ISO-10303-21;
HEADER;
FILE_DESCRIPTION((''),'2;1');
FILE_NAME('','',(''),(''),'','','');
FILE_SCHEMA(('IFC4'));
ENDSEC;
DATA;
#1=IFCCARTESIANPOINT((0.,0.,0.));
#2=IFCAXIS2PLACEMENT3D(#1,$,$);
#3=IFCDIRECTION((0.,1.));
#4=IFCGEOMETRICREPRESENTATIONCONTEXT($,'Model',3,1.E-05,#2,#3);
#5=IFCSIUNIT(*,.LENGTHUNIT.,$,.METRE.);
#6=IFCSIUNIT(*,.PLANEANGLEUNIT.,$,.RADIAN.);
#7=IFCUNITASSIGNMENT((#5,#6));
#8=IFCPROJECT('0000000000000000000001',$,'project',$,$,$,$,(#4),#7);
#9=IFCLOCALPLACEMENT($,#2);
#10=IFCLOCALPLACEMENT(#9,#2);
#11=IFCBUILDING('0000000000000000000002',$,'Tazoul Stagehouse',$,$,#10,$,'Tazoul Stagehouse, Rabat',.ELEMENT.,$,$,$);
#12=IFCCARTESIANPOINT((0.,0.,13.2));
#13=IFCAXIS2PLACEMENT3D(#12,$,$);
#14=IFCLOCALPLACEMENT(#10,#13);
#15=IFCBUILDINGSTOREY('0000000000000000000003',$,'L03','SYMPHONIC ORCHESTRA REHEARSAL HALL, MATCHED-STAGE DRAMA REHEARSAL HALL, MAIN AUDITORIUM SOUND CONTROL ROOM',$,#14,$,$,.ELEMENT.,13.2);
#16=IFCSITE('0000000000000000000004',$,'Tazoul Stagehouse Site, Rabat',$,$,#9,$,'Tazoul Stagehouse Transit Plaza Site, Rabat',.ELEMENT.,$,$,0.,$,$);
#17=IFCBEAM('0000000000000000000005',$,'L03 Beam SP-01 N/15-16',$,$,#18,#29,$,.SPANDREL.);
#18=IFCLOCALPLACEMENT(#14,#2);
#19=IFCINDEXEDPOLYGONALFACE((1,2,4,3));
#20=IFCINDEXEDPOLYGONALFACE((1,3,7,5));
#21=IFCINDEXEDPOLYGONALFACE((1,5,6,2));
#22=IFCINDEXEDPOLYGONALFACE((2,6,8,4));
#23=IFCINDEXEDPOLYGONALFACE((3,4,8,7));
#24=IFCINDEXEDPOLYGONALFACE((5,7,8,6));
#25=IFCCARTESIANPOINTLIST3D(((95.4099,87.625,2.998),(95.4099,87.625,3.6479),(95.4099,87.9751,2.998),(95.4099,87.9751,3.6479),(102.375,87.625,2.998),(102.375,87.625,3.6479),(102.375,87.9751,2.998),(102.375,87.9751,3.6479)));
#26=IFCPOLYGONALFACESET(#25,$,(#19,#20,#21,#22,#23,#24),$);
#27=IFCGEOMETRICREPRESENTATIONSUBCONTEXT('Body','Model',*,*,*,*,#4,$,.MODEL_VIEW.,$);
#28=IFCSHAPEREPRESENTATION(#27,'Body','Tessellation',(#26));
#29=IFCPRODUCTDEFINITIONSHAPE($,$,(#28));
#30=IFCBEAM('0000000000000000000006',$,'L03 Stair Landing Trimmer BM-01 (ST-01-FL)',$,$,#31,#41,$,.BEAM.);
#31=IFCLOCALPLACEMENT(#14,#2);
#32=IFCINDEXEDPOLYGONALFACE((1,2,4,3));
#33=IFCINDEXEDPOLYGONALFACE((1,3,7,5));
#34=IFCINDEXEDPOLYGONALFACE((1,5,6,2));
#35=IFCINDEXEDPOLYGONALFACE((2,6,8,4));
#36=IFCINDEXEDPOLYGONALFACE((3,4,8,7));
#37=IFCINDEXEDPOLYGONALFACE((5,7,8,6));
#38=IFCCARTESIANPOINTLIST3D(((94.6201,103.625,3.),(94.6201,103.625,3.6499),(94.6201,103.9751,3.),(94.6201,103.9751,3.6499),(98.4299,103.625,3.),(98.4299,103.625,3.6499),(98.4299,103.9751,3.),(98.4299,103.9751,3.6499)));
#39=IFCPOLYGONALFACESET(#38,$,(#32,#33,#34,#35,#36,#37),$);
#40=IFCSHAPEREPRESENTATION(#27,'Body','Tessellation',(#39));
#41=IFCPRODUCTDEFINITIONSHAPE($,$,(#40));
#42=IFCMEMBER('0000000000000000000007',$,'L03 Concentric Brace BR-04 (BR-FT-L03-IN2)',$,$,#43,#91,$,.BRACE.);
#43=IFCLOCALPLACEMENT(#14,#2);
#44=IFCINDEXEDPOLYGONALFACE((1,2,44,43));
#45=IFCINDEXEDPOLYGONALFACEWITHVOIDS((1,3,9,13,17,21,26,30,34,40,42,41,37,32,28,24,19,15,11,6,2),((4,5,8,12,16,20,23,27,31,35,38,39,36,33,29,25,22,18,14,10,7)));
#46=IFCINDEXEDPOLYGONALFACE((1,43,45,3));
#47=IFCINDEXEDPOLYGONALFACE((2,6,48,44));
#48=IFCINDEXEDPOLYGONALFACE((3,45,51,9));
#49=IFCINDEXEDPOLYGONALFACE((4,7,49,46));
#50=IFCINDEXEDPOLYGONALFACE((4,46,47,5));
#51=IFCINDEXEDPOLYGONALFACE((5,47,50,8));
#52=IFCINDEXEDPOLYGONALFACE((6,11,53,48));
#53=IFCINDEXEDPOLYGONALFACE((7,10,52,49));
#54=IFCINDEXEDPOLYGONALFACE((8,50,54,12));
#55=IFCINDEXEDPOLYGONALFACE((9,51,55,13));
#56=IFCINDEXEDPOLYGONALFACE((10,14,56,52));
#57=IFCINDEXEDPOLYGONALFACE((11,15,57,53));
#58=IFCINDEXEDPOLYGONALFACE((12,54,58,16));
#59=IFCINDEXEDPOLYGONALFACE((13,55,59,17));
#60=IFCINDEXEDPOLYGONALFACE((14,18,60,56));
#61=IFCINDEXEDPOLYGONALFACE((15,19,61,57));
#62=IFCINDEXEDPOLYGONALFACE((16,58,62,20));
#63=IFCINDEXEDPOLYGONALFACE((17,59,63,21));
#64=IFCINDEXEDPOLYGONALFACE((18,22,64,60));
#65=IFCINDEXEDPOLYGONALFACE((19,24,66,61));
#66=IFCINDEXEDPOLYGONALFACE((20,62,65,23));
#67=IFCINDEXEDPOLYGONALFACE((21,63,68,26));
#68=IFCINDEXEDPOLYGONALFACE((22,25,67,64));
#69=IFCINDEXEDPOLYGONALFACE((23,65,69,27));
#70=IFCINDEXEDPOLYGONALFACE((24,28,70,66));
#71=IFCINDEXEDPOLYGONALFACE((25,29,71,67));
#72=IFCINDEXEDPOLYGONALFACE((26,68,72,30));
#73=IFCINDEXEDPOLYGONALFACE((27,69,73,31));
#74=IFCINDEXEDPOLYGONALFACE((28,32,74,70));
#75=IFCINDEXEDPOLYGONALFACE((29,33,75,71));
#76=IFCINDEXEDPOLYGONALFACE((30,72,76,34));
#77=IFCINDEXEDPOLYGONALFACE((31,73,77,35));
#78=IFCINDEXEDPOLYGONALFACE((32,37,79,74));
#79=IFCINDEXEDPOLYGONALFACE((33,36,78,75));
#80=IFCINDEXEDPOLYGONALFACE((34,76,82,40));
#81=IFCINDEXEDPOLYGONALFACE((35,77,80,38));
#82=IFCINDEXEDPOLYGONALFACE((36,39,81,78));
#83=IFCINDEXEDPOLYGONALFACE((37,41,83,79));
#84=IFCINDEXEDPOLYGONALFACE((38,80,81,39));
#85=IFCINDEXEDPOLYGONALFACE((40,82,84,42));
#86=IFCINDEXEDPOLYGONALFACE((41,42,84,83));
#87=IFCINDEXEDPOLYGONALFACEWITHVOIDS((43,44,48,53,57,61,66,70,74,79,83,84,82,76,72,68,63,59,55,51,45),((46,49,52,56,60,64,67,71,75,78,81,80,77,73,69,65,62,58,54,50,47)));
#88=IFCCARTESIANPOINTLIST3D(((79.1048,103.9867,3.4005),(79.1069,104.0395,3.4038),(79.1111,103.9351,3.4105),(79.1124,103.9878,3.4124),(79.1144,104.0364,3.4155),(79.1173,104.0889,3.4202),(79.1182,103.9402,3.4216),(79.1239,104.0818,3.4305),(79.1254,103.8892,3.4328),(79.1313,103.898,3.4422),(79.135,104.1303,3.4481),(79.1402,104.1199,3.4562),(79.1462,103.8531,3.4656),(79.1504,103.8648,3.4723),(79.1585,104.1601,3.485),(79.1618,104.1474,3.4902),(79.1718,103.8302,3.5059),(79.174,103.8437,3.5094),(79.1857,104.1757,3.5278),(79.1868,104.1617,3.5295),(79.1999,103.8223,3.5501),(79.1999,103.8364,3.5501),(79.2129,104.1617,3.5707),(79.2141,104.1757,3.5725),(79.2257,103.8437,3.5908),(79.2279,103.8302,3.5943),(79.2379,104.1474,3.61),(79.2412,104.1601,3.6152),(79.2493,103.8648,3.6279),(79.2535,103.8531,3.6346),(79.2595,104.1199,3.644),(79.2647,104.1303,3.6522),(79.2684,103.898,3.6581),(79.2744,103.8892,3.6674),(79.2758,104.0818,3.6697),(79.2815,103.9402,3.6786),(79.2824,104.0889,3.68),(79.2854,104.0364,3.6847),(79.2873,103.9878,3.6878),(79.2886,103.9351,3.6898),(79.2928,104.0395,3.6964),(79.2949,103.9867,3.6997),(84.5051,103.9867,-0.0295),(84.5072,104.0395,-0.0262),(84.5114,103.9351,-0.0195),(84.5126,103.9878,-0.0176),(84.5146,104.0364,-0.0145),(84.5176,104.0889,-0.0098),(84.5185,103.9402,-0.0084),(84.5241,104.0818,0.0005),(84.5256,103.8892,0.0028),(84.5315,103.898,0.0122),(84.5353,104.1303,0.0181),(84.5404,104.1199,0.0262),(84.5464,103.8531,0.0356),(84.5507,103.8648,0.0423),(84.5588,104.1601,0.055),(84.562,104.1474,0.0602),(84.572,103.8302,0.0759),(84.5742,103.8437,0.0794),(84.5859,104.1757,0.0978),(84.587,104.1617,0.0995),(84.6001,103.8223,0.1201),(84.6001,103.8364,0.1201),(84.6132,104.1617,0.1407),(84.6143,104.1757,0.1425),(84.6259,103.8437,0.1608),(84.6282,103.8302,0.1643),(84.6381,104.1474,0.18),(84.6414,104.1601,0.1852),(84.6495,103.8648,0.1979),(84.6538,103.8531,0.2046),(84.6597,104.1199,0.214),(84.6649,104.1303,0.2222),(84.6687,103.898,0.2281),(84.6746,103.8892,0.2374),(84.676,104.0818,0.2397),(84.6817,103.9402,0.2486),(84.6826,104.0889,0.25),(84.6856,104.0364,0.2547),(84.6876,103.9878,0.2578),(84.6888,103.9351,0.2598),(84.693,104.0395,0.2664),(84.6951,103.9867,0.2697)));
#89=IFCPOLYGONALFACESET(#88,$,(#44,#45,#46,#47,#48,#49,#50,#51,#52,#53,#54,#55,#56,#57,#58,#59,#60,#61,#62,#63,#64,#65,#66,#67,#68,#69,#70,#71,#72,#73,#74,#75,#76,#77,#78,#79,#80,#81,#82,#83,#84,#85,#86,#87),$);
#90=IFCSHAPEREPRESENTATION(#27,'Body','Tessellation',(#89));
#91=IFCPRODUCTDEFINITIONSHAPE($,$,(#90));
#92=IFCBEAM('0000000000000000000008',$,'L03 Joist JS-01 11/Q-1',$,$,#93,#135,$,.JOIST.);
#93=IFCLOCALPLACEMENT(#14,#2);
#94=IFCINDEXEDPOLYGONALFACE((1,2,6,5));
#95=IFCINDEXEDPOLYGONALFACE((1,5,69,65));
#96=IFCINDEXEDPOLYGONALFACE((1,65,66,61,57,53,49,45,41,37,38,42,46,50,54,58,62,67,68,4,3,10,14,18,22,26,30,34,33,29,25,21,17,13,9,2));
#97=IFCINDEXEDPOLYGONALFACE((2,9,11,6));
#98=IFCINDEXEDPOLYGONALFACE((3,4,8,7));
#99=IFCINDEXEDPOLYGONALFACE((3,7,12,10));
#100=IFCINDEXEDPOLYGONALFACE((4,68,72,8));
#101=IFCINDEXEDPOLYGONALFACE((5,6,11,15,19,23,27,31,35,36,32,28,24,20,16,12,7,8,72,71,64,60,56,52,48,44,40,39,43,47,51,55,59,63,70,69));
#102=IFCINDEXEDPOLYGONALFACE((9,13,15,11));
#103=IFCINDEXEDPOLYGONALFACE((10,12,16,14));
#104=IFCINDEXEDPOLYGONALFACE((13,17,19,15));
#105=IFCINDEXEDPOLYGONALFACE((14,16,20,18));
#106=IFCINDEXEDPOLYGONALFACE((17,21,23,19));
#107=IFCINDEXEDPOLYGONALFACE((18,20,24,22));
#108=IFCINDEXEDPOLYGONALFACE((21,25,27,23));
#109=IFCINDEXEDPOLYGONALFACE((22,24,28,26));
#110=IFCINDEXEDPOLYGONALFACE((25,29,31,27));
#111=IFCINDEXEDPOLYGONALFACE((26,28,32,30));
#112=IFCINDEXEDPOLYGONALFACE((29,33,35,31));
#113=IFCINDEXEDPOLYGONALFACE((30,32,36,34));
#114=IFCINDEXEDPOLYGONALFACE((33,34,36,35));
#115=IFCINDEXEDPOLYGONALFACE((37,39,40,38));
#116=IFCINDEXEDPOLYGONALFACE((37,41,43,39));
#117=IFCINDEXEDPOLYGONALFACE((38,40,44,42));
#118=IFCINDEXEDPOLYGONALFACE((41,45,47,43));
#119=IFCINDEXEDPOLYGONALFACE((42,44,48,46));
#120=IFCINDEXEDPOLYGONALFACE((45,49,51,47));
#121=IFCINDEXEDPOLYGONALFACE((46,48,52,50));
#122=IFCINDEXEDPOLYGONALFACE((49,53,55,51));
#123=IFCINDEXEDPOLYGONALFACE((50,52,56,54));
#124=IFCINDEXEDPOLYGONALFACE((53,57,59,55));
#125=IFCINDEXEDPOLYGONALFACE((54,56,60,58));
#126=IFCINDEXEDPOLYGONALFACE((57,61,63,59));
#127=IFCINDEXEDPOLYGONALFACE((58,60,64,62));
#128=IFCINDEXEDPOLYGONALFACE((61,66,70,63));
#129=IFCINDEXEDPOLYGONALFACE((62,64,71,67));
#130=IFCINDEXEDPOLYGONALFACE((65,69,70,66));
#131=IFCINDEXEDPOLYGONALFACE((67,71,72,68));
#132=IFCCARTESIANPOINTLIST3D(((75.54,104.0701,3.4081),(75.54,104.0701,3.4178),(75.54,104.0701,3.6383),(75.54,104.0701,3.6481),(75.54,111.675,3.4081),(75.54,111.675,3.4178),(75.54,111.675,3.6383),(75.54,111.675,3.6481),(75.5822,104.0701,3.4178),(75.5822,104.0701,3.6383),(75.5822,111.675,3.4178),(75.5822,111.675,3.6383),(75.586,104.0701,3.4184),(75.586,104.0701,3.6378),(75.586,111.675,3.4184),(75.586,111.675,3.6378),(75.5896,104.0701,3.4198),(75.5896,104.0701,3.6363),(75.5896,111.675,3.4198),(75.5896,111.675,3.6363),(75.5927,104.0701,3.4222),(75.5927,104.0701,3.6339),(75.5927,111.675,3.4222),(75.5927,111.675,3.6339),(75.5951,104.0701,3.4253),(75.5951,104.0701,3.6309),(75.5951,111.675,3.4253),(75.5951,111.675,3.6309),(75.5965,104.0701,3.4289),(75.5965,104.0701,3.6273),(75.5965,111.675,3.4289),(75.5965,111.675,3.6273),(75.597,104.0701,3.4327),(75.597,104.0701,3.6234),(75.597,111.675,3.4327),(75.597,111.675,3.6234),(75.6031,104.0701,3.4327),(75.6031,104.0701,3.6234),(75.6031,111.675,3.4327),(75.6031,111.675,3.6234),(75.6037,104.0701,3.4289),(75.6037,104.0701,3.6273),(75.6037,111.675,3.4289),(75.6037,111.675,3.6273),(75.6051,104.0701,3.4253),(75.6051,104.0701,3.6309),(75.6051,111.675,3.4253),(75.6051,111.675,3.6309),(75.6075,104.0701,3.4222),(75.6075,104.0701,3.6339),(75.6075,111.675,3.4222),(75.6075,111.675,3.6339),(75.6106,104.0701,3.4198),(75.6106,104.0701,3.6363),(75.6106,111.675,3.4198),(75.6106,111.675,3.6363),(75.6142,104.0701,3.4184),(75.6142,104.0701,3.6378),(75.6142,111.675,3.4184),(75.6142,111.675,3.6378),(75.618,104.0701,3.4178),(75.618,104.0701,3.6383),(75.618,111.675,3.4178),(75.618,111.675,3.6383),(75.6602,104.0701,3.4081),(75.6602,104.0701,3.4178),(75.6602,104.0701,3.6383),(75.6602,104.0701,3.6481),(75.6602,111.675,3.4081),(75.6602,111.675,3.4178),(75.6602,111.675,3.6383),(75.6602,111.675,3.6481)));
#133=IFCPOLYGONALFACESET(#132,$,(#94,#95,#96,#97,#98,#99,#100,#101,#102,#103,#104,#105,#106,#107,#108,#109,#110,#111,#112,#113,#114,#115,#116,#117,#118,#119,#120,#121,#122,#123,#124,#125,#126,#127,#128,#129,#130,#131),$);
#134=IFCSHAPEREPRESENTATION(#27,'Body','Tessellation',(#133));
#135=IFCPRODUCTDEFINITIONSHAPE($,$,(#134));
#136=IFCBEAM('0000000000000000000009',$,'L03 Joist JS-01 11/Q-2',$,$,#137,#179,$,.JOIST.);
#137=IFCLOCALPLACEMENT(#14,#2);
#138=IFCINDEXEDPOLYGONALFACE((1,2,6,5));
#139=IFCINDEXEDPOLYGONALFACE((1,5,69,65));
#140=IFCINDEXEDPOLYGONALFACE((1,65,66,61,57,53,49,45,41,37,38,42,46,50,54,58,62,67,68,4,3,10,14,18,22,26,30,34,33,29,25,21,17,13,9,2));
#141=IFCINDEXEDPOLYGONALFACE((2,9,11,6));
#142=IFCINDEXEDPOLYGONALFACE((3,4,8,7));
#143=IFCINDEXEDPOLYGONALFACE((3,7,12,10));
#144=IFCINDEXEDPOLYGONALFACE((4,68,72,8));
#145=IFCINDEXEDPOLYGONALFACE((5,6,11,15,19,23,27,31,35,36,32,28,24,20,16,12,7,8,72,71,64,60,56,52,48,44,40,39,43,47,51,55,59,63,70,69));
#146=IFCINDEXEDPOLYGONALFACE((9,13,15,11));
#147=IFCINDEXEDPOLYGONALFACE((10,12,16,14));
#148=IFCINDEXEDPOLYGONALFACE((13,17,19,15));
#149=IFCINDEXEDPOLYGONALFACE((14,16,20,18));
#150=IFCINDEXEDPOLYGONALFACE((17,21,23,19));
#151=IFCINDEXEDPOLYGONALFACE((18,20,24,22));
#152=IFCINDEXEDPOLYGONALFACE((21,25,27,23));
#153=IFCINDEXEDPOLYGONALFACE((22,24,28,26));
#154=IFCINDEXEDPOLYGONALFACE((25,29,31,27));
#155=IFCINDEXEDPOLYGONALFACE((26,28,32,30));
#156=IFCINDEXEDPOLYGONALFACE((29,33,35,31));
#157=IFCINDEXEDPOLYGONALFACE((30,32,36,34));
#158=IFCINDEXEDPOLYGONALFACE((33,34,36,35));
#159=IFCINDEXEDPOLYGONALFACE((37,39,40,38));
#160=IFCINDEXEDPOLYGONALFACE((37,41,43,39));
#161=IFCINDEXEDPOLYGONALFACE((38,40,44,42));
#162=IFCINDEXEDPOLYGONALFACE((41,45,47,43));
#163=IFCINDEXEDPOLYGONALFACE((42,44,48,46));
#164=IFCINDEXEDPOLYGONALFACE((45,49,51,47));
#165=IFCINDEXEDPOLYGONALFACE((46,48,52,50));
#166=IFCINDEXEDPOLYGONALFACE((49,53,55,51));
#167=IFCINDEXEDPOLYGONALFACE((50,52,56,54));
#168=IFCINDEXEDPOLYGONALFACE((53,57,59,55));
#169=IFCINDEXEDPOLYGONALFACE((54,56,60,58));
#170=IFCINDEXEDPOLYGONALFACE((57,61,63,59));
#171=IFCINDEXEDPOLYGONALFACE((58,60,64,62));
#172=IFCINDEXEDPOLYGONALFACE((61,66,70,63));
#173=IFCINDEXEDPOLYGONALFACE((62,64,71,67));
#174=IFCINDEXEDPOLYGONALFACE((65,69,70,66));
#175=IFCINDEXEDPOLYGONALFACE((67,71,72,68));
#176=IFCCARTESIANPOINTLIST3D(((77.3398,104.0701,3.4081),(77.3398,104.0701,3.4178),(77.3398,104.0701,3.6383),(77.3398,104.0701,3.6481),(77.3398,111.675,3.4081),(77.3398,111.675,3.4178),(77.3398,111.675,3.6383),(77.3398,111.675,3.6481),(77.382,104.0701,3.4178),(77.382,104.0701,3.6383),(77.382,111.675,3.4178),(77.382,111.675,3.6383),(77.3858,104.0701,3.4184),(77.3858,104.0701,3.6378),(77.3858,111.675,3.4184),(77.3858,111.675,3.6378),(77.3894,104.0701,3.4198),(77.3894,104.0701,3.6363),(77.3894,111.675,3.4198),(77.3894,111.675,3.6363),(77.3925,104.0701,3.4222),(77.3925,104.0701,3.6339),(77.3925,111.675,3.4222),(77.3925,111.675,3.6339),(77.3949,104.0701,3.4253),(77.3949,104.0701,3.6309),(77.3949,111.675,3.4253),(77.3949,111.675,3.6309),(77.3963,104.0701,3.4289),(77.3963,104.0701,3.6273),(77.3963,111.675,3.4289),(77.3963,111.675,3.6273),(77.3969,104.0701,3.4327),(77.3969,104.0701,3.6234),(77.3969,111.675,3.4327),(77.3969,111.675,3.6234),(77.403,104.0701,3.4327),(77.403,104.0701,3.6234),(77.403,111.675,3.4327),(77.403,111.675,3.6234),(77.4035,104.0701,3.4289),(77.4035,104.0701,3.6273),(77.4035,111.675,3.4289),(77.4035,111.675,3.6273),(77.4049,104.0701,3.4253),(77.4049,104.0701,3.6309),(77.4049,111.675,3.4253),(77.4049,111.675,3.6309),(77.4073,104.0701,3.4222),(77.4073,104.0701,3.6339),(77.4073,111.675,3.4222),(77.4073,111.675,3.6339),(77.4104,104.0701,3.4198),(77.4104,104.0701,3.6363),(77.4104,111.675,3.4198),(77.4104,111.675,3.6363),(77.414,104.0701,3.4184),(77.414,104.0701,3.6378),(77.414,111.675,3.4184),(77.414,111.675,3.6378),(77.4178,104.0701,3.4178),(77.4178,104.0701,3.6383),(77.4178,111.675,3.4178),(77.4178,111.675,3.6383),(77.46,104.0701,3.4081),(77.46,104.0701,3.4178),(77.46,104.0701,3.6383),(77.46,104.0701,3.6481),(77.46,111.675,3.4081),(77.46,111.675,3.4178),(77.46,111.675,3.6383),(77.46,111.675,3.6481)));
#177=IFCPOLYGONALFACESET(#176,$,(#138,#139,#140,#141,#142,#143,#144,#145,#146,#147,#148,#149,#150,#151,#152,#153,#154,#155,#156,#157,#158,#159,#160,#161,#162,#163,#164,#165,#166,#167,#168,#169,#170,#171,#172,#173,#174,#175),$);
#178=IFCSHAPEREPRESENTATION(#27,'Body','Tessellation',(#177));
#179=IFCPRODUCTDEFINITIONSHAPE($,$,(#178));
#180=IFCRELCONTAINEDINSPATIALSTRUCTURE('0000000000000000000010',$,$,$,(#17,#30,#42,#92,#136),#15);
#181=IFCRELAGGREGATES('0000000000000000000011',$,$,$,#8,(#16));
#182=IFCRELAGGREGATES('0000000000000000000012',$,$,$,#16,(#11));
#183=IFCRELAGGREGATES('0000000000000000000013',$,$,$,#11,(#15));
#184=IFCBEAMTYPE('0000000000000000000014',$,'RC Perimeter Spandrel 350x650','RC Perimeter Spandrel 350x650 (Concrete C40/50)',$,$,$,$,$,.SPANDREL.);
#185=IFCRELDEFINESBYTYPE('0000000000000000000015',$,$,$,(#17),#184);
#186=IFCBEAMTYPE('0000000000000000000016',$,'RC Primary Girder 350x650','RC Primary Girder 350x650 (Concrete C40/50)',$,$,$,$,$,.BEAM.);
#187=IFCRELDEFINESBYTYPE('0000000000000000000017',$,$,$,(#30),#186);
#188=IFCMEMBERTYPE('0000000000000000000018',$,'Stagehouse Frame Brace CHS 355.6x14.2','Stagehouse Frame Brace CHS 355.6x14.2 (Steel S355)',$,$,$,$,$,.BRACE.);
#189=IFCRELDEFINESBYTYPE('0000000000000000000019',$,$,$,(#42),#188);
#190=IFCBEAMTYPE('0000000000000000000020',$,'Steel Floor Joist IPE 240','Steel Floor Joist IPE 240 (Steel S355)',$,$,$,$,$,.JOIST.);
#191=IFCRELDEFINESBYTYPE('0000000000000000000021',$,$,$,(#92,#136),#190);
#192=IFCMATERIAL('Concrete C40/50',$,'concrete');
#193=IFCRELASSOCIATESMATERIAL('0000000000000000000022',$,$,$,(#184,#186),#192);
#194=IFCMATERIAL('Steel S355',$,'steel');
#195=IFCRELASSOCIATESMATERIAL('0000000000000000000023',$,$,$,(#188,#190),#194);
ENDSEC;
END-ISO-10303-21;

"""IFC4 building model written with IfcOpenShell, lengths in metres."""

from ifc_helpers import new_model, si_unit, direction, frame, origin, origin_2d, place, context, subcontext, project, spatial, rectangle, hollow_circle, i_section, extrude, material, material_profile, profile_set, type_object, element, save


model = new_model("IFC4")

# Units and contexts
model_context = context("Model", 3, precision=1e-05, world=origin(), true_north=direction((0.0, 1.0)))
body_context = subcontext(model_context, "Body", "Model", "MODEL_VIEW")
ifc_project = project(units=[si_unit("LENGTHUNIT", "METRE"), si_unit("PLANEANGLEUNIT", "RADIAN")], contexts=[model_context])

# Site, building, storey
site_placement = place(None, origin())
site = spatial("IfcSite", under=ifc_project, at=site_placement, Name="Tazoul Stagehouse Site, Rabat", LongName="Tazoul Stagehouse Transit Plaza Site, Rabat", CompositionType="ELEMENT", RefElevation=0.0)
building_placement = place(site_placement, origin())
building = spatial("IfcBuilding", under=site, at=building_placement, Name="Tazoul Stagehouse", LongName="Tazoul Stagehouse, Rabat", CompositionType="ELEMENT")
storey_placement = place(building_placement, frame((0.0, 0.0, 13.2)))
storey = spatial("IfcBuildingStorey", under=building, at=storey_placement, Name="L03", Description="SYMPHONIC ORCHESTRA REHEARSAL HALL, MATCHED-STAGE DRAMA REHEARSAL HALL, MAIN AUDITORIUM SOUND CONTROL ROOM", CompositionType="ELEMENT", Elevation=13.2)

# Shared definitions
ifc_material_1 = material(Name="Steel S355", Category="steel")

# Beams
ifc_material_2 = material(Name="Concrete C40/50", Category="concrete")
ifc_material_profile_1 = material_profile(ifc_material_2, rectangle(XDim=0.3501, YDim=0.6499, at=origin_2d()), Name="RC 350x650")
ifc_profile_set_1 = profile_set([ifc_material_profile_1], Name="Concrete C40/50")
beam_type_1 = type_object("IfcBeamType", Name="RC Perimeter Spandrel 350x650", Description="RC Perimeter Spandrel 350x650 (Concrete C40/50)", PredefinedType="SPANDREL", material=ifc_profile_set_1)
beam_1_placement = place(storey_placement, frame((95.4099, 87.8, 3.323), z_axis=(1.0, 0.0, 0.0), x_axis=(0.0, 1.0, 0.0)))
element("IfcBeam", 1, at=beam_1_placement, inside=storey, type_object=beam_type_1, Name="L03 Beam SP-01 N/15-16", PredefinedType="SPANDREL", context=body_context, shape_type="SweptSolid", body=[
    extrude(rectangle(XDim=0.3501, YDim=0.6499, at=origin_2d()), origin(), (0.0, 0.0, 1.0), 6.9651),
])
ifc_material_profile_2 = material_profile(ifc_material_2, rectangle(XDim=0.3501, YDim=0.6499, at=origin_2d()), Name="RC 350x650")
ifc_profile_set_2 = profile_set([ifc_material_profile_2], Name="Concrete C40/50")
beam_type_2 = type_object("IfcBeamType", Name="RC Primary Girder 350x650", Description="RC Primary Girder 350x650 (Concrete C40/50)", PredefinedType="BEAM", material=ifc_profile_set_2)
beam_2_placement = place(storey_placement, frame((94.6201, 103.8, 3.325), z_axis=(1.0, 0.0, 0.0), x_axis=(0.0, 1.0, 0.0)))
element("IfcBeam", 2, at=beam_2_placement, inside=storey, type_object=beam_type_2, Name="L03 Stair Landing Trimmer BM-01 (ST-01-FL)", PredefinedType="BEAM", context=body_context, shape_type="SweptSolid", body=[
    extrude(rectangle(XDim=0.3501, YDim=0.6499, at=origin_2d()), origin(), (0.0, 0.0, 1.0), 3.8098),
])

# Member
ifc_material_profile_3 = material_profile(ifc_material_1, hollow_circle(Radius=0.1777, WallThickness=0.0142, at=origin_2d()), Name="CHS 355.6x14.2")
ifc_profile_set_3 = profile_set([ifc_material_profile_3], Name="Steel S355")
member_type = type_object("IfcMemberType", Name="Stagehouse Frame Brace CHS 355.6x14.2", Description="Stagehouse Frame Brace CHS 355.6x14.2 (Steel S355)", PredefinedType="BRACE", material=ifc_profile_set_3)
member_placement = place(storey_placement, frame((84.6001, 104.0, 0.1201), z_axis=(-0.844123, 0.0, 0.536149), x_axis=(0.0, -1.0, 0.0)))
element("IfcMember", 3, at=member_placement, inside=storey, type_object=member_type, Name="L03 Concentric Brace BR-04 (BR-FT-L03-IN2)", PredefinedType="BRACE", context=body_context, shape_type="SweptSolid", body=[
    extrude(hollow_circle(Radius=0.1777, WallThickness=0.0142, at=origin_2d()), origin(), (0.0, 0.0, 1.0), 6.3975),
])

# Beams
ifc_material_profile_4 = material_profile(ifc_material_1, i_section(OverallWidth=0.1201, OverallDepth=0.24, WebThickness=0.0061, FlangeThickness=0.0098, FilletRadius=0.0149, at=origin_2d()), Name="IPE 240")
ifc_profile_set_4 = profile_set([ifc_material_profile_4], Name="Steel S355")
beam_type_3 = type_object("IfcBeamType", Name="Steel Floor Joist IPE 240", Description="Steel Floor Joist IPE 240 (Steel S355)", PredefinedType="JOIST", material=ifc_profile_set_4)
for number, where, z_axis, x_axis, name in (
    (4, (75.6001, 104.0701, 3.5281), (0.0, 1.0, 0.0), (-1.0, 0.0, 0.0), "L03 Joist JS-01 11/Q-1"),
    (5, (77.3999, 104.0701, 3.5281), (0.0, 1.0, 0.0), (-1.0, 0.0, 0.0), "L03 Joist JS-01 11/Q-2"),
):
    element("IfcBeam", number, at=place(storey_placement, frame(where, z_axis=z_axis, x_axis=x_axis)), inside=storey, type_object=beam_type_3, Name=name, PredefinedType="JOIST", context=body_context, shape_type="SweptSolid", body=[
        extrude(i_section(OverallWidth=0.1201, OverallDepth=0.24, WebThickness=0.0061, FlangeThickness=0.0098, FilletRadius=0.0149, at=origin_2d()), origin(), (0.0, 0.0, 1.0), 7.605),
    ])

save(model, "model.ifc")
